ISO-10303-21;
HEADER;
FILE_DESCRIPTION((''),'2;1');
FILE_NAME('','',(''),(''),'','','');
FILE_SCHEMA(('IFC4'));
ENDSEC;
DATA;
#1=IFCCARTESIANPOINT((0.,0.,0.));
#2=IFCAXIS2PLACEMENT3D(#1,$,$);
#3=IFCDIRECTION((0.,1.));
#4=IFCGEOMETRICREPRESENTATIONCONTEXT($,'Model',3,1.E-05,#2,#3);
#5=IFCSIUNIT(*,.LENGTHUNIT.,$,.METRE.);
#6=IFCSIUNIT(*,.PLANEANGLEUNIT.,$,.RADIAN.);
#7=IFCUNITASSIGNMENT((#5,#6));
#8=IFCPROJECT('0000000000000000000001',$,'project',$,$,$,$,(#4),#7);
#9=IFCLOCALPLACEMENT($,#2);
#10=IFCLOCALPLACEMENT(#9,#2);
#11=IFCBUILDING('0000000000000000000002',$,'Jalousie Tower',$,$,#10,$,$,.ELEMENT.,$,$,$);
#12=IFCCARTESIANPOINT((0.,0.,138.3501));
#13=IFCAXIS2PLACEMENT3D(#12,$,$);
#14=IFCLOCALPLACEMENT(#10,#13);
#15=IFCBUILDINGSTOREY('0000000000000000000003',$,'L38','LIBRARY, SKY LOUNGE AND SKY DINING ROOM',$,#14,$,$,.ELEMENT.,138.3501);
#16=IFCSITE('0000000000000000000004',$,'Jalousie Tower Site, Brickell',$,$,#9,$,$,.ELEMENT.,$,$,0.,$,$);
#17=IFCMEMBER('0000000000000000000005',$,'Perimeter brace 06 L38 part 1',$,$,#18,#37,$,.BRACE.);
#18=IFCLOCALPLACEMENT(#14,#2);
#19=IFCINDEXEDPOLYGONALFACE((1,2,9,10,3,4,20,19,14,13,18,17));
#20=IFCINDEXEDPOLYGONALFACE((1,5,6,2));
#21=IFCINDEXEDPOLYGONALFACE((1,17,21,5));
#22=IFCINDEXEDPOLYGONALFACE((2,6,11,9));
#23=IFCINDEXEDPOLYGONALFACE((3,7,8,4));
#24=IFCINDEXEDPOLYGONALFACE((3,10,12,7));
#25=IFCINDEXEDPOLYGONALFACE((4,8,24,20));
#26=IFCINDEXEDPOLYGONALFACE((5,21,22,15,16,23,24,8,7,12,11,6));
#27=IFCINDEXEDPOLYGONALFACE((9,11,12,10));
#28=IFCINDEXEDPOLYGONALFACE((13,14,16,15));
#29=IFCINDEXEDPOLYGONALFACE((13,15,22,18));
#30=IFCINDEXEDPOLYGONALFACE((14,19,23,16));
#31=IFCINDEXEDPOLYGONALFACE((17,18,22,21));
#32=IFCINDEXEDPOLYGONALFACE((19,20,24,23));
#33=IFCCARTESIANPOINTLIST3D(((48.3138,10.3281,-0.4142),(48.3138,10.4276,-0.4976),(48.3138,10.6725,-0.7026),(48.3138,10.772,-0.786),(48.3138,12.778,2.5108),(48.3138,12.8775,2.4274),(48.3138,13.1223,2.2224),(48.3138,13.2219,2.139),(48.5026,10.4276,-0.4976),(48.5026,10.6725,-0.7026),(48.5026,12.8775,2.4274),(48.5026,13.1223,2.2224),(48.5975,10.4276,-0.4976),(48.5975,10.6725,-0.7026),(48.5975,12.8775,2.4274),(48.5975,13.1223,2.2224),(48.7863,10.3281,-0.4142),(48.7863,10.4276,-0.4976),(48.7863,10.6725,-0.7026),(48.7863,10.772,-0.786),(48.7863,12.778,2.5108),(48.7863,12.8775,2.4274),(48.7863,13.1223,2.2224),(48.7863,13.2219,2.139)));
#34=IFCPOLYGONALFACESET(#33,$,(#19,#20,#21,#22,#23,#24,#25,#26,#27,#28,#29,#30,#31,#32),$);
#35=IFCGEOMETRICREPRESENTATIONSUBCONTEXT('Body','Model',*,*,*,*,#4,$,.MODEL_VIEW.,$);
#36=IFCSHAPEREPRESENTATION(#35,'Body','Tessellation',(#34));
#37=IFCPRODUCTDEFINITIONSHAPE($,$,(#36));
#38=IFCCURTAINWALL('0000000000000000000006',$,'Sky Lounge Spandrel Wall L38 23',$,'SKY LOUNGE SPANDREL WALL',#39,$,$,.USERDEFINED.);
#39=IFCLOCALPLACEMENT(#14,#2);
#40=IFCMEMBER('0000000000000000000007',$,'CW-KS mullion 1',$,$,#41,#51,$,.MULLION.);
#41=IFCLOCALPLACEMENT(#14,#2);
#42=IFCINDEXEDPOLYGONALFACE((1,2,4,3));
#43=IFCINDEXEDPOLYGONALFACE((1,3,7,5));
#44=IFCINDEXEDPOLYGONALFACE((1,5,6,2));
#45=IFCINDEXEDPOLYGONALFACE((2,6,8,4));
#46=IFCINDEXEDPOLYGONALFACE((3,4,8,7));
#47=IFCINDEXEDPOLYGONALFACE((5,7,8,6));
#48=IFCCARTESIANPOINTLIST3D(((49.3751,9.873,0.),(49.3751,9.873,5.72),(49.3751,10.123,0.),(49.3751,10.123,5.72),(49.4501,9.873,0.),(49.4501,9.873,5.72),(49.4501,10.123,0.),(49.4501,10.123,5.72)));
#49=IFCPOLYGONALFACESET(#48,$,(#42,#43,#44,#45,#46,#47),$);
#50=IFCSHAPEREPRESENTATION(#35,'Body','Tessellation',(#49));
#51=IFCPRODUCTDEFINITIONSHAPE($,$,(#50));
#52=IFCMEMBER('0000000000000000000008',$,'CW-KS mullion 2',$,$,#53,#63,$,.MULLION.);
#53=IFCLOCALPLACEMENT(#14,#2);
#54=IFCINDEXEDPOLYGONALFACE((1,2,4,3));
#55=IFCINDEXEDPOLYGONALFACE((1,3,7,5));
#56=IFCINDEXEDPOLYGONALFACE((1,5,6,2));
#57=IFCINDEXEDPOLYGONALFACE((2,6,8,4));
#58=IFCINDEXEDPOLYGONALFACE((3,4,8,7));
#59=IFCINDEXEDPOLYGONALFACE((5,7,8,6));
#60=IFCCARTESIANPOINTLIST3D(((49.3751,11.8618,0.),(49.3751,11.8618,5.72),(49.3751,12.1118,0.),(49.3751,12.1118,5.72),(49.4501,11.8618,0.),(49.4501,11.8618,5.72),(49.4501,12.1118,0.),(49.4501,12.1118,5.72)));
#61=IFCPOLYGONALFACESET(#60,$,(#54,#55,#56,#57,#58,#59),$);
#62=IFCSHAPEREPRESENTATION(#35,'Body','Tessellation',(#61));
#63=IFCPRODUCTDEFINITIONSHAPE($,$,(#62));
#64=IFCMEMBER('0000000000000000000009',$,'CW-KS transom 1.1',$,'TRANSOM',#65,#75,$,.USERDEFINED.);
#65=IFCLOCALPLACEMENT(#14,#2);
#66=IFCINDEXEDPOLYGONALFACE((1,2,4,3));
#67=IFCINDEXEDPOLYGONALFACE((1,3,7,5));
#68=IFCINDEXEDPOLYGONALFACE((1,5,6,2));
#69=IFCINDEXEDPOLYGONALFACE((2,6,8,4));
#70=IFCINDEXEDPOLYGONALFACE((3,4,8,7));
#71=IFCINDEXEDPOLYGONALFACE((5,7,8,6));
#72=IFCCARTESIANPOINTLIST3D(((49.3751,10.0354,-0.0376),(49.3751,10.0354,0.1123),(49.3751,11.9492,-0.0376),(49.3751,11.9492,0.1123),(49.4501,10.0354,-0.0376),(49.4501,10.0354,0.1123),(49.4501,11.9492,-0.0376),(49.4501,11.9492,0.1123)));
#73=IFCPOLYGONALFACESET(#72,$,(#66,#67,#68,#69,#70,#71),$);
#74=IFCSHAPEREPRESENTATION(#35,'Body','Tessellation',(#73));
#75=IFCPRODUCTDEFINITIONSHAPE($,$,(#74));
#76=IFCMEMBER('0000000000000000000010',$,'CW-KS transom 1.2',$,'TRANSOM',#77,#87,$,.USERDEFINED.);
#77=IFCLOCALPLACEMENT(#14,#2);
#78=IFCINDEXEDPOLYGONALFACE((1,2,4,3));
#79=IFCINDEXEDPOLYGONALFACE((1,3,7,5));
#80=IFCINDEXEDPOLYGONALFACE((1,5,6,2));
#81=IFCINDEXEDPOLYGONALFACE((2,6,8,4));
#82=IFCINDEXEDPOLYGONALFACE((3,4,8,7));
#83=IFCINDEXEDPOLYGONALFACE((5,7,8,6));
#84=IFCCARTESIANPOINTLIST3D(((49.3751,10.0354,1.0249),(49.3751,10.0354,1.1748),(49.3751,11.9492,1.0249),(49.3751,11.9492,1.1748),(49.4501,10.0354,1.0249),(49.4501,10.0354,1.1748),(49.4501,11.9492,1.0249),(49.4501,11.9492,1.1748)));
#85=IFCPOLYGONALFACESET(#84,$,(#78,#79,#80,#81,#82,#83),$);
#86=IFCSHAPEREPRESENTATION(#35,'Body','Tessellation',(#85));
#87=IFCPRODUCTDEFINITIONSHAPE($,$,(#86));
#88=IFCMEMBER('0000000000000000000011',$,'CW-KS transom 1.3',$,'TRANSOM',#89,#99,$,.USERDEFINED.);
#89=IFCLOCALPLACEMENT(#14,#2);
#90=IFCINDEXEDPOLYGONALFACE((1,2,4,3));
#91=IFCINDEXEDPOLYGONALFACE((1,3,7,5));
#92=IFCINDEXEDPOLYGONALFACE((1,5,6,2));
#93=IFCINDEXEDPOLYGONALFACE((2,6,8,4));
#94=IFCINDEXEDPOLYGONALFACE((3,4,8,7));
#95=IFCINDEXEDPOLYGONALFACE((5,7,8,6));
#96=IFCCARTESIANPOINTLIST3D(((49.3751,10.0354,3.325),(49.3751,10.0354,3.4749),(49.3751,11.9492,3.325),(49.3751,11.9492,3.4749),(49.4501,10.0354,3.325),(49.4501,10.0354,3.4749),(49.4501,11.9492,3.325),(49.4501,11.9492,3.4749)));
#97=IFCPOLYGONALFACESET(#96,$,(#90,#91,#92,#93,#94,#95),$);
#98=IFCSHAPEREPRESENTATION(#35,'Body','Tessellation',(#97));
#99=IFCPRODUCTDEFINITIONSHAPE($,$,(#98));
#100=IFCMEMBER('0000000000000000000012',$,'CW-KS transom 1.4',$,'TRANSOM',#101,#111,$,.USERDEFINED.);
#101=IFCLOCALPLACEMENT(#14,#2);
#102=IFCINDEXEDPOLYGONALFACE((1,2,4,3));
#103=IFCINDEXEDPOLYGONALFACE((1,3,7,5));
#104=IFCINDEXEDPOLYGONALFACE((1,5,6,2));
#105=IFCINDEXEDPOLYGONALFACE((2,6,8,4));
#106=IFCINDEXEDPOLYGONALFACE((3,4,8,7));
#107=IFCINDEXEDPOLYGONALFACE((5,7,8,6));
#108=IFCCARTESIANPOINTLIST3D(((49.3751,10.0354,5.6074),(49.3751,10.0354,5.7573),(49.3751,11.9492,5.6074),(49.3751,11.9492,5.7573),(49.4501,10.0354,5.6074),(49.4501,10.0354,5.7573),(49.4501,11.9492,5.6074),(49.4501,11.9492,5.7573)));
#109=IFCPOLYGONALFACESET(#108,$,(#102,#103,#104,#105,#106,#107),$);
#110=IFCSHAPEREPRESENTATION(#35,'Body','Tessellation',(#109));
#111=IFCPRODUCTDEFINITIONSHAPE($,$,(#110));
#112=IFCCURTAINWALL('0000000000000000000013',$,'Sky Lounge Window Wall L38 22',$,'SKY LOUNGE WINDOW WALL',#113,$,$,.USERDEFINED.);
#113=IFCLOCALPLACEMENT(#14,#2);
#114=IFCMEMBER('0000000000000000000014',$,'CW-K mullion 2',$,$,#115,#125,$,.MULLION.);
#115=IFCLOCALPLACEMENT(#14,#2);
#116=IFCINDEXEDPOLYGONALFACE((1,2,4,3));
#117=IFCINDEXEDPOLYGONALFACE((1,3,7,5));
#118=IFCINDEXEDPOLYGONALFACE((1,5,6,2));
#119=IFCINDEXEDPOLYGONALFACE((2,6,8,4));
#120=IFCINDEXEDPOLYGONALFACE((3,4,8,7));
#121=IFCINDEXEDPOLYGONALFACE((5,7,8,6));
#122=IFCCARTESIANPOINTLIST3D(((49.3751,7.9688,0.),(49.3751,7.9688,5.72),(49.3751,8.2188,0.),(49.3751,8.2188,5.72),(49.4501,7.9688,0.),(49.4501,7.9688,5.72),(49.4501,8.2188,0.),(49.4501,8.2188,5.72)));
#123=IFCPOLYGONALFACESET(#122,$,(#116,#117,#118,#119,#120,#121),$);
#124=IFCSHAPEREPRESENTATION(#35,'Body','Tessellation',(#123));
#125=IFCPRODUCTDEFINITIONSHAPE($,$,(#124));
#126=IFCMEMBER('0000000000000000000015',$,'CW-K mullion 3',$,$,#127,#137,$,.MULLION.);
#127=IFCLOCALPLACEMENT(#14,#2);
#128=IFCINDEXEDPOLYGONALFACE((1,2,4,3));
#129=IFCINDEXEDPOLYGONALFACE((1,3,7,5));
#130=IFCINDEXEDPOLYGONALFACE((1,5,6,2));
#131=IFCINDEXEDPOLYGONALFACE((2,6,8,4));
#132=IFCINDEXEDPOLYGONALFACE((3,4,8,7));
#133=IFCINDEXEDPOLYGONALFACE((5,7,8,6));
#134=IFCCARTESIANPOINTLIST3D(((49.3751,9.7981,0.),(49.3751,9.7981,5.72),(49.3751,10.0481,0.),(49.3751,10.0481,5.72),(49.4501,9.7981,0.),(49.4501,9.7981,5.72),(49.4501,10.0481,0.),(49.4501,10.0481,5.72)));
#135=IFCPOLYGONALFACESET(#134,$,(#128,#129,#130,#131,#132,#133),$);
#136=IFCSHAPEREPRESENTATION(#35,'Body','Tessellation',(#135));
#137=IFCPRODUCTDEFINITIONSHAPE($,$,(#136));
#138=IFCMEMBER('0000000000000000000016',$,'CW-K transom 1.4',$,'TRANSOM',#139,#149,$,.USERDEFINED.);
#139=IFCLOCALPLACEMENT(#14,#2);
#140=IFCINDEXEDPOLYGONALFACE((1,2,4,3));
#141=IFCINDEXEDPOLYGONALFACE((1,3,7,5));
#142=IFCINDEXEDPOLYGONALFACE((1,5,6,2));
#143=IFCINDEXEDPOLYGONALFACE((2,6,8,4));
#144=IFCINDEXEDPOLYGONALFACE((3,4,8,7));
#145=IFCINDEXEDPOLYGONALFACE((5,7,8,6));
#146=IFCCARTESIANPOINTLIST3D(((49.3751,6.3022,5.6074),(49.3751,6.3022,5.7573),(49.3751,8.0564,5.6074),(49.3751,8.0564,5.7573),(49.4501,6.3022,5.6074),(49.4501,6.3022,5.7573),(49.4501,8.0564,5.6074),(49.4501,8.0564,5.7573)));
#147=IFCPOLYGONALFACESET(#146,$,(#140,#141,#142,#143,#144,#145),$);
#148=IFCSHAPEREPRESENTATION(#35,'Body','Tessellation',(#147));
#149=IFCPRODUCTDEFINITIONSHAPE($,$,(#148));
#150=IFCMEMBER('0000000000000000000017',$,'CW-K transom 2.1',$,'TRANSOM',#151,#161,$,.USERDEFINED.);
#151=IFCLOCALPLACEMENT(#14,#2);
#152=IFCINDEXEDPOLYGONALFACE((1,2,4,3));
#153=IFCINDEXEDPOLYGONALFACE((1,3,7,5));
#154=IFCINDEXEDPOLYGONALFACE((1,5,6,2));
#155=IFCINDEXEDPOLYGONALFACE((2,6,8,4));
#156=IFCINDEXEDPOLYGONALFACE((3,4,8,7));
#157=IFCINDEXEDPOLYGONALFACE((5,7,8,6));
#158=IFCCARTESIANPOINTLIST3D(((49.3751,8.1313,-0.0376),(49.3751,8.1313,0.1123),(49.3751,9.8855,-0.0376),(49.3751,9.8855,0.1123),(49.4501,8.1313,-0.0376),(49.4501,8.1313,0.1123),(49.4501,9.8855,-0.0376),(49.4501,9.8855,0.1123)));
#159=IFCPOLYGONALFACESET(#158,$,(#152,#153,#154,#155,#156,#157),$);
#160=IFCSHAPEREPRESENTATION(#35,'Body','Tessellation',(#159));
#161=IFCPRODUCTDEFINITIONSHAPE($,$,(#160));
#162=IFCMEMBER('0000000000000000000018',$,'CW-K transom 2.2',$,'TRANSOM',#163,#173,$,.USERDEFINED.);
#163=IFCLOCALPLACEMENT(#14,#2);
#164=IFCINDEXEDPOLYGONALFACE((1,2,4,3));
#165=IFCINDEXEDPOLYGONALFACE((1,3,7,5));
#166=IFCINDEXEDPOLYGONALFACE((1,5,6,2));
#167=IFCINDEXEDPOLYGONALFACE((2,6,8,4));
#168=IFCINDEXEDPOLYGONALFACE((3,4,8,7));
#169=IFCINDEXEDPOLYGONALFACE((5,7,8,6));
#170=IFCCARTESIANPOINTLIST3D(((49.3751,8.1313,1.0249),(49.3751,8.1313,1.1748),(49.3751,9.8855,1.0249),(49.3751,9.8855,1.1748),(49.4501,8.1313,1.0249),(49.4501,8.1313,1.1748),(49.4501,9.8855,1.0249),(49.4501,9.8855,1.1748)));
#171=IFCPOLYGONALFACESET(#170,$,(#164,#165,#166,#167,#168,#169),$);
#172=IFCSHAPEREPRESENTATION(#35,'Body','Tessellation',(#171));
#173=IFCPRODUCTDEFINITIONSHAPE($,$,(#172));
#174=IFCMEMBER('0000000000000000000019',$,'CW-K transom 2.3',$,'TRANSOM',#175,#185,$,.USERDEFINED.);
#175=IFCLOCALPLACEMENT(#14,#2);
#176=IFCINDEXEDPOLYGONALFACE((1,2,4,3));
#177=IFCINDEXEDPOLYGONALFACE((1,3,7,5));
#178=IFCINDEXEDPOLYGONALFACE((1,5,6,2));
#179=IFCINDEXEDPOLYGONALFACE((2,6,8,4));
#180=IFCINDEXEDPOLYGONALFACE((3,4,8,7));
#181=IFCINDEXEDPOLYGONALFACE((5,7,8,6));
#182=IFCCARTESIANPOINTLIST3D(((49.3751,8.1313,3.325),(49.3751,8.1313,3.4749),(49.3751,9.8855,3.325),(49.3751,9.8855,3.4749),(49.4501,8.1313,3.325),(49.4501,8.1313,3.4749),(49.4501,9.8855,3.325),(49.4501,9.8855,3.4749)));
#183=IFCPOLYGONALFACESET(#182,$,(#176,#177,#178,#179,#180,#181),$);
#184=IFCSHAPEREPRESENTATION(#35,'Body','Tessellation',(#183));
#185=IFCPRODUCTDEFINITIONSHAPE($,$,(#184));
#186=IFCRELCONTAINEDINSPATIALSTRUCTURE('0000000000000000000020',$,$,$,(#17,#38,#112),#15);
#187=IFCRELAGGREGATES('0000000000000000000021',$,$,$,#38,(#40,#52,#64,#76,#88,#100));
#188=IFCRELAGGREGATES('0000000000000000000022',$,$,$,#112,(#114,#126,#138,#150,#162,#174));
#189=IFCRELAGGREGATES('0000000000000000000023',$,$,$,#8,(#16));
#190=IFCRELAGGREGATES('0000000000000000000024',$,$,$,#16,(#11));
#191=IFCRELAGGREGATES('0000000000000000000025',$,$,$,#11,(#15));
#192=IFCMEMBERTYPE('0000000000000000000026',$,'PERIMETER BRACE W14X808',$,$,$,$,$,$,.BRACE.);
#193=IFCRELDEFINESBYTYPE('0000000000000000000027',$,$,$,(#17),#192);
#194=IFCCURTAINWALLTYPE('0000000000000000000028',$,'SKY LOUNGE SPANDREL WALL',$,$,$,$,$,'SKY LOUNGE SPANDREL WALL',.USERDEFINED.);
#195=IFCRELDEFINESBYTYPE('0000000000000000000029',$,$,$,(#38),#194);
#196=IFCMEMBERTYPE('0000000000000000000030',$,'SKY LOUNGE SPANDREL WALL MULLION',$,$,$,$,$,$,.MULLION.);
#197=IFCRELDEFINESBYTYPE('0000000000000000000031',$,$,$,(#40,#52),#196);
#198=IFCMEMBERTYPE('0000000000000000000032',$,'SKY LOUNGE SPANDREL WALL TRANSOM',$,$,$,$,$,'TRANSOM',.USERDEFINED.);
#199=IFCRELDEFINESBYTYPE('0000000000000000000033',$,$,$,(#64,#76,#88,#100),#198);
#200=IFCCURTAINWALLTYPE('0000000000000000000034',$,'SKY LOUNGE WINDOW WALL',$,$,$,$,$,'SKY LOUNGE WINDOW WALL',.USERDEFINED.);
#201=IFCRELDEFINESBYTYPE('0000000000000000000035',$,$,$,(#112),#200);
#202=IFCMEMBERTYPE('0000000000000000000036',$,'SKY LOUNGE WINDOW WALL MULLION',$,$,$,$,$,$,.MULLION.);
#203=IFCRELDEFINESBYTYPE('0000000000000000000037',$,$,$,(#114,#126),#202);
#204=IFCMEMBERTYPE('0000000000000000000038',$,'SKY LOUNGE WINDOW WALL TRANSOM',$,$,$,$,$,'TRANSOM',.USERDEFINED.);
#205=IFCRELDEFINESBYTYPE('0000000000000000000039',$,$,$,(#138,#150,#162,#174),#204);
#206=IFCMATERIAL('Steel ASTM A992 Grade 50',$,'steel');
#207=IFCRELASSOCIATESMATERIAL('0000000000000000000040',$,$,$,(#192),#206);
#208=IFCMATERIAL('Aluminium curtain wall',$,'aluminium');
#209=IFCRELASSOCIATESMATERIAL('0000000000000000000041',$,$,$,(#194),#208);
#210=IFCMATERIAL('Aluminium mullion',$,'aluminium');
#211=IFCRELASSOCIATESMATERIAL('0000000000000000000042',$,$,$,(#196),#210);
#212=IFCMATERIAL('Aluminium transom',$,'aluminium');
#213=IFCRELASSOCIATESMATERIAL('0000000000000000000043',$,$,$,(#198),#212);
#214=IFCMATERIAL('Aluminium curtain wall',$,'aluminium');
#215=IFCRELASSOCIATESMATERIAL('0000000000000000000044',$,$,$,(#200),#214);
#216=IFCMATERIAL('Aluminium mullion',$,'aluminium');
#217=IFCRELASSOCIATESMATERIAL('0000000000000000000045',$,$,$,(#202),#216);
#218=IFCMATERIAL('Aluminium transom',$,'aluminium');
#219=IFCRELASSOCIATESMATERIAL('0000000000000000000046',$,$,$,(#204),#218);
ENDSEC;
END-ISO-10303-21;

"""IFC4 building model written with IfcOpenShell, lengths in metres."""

from ifc_helpers import new_model, si_unit, direction, frame, origin, origin_2d, place, context, subcontext, project, spatial, rectangle, i_section, extrude, material, material_profile, profile_set, type_object, element, aggregate, save


model = new_model("IFC4")

# Units and contexts
model_context = context("Model", 3, precision=1e-05, world=origin(), true_north=direction((0.0, 1.0)))
body_context = subcontext(model_context, "Body", "Model", "MODEL_VIEW")
ifc_project = project(units=[si_unit("LENGTHUNIT", "METRE"), si_unit("PLANEANGLEUNIT", "RADIAN")], contexts=[model_context])

# Site, building, storey
site_placement = place(None, origin())
site = spatial("IfcSite", under=ifc_project, at=site_placement, Name="Jalousie Tower Site, Brickell", CompositionType="ELEMENT", RefElevation=0.0)
building_placement = place(site_placement, origin())
building = spatial("IfcBuilding", under=site, at=building_placement, Name="Jalousie Tower", CompositionType="ELEMENT")
storey_placement = place(building_placement, frame((0.0, 0.0, 138.3501)))
storey = spatial("IfcBuildingStorey", under=building, at=storey_placement, Name="L38", Description="LIBRARY, SKY LOUNGE AND SKY DINING ROOM", CompositionType="ELEMENT", Elevation=138.3501)

# Member
ifc_material_1 = material(Name="Steel ASTM A992 Grade 50", Category="steel")
ifc_material_profile_1 = material_profile(ifc_material_1, i_section(OverallWidth=0.4724, OverallDepth=0.5791, WebThickness=0.095, FlangeThickness=0.1299, at=origin_2d()), Name="W14X808")
ifc_profile_set_1 = profile_set([ifc_material_profile_1], Name="Steel ASTM A992 Grade 50")
member_type_1 = type_object("IfcMemberType", Name="PERIMETER BRACE W14X808", PredefinedType="BRACE", material=ifc_profile_set_1)
member_1_placement = place(storey_placement, frame((48.55, 10.55, -0.6001), z_axis=(0.0, 0.642102, 0.766619), x_axis=(-1.0, 0.0, 0.0)))
element("IfcMember", 1, at=member_1_placement, inside=storey, type_object=member_type_1, Name="Perimeter brace 06 L38 part 1", PredefinedType="BRACE", context=body_context, shape_type="SweptSolid", body=[
    extrude(i_section(OverallWidth=0.4724, OverallDepth=0.5791, WebThickness=0.095, FlangeThickness=0.1299, at=origin_2d()), origin(), (0.0, 0.0, 1.0), 3.8154),
])

# Curtain walls, members
ifc_material_2 = material(Name="Aluminium curtain wall", Category="aluminium")
curtain_wall_type_1 = type_object("IfcCurtainWallType", Name="SKY LOUNGE SPANDREL WALL", ElementType="SKY LOUNGE SPANDREL WALL", PredefinedType="USERDEFINED", material=ifc_material_2)
curtain_wall_1_placement = place(storey_placement, origin())
curtain_wall_1 = element("IfcCurtainWall", 2, at=curtain_wall_1_placement, inside=storey, type_object=curtain_wall_type_1, Name="Sky Lounge Spandrel Wall L38 23", ObjectType="SKY LOUNGE SPANDREL WALL", PredefinedType="USERDEFINED")
ifc_material_3 = material(Name="Aluminium mullion", Category="aluminium")
ifc_material_profile_2 = material_profile(ifc_material_3, rectangle(XDim=0.075, YDim=0.25, at=origin_2d()), Name="MULLION 75x250")
ifc_profile_set_2 = profile_set([ifc_material_profile_2], Name="Aluminium mullion")
member_type_2 = type_object("IfcMemberType", Name="SKY LOUNGE SPANDREL WALL MULLION", PredefinedType="MULLION", material=ifc_profile_set_2)
member_2_placement = place(storey_placement, frame((49.4126, 9.998, 0.0), z_axis=(0.0, 0.0, 1.0), x_axis=(-1.0, 0.0, 0.0)))
member_2 = element("IfcMember", 3, at=member_2_placement, type_object=member_type_2, Name="CW-KS mullion 1", PredefinedType="MULLION", context=body_context, shape_type="SweptSolid", body=[
    extrude(rectangle(XDim=0.075, YDim=0.25, at=origin_2d()), origin(), (0.0, 0.0, 1.0), 5.72),
])
member_3_placement = place(storey_placement, frame((49.4126, 11.9868, 0.0), z_axis=(0.0, 0.0, 1.0), x_axis=(-1.0, 0.0, 0.0)))
member_3 = element("IfcMember", 4, at=member_3_placement, type_object=member_type_2, Name="CW-KS mullion 2", PredefinedType="MULLION", context=body_context, shape_type="SweptSolid", body=[
    extrude(rectangle(XDim=0.075, YDim=0.25, at=origin_2d()), origin(), (0.0, 0.0, 1.0), 5.72),
])
ifc_material_4 = material(Name="Aluminium transom", Category="aluminium")
ifc_material_profile_3 = material_profile(ifc_material_4, rectangle(XDim=0.075, YDim=0.1499, at=origin_2d()), Name="TRANSOM 75x150")
ifc_profile_set_3 = profile_set([ifc_material_profile_3], Name="Aluminium transom")
member_type_3 = type_object("IfcMemberType", Name="SKY LOUNGE SPANDREL WALL TRANSOM", ElementType="TRANSOM", PredefinedType="USERDEFINED", material=ifc_profile_set_3)
member_4_placement = place(storey_placement, frame((49.4126, 10.0354, 0.0374), z_axis=(0.0, 1.0, 0.0), x_axis=(-1.0, 0.0, 0.0)))
member_4 = element("IfcMember", 5, at=member_4_placement, type_object=member_type_3, Name="CW-KS transom 1.1", ObjectType="TRANSOM", PredefinedType="USERDEFINED", context=body_context, shape_type="SweptSolid", body=[
    extrude(rectangle(XDim=0.075, YDim=0.1499, at=origin_2d()), origin(), (0.0, 0.0, 1.0), 1.9138),
])
member_5_placement = place(storey_placement, frame((49.4126, 10.0354, 1.0999), z_axis=(0.0, 1.0, 0.0), x_axis=(-1.0, 0.0, 0.0)))
member_5 = element("IfcMember", 6, at=member_5_placement, type_object=member_type_3, Name="CW-KS transom 1.2", ObjectType="TRANSOM", PredefinedType="USERDEFINED", context=body_context, shape_type="SweptSolid", body=[
    extrude(rectangle(XDim=0.075, YDim=0.1499, at=origin_2d()), origin(), (0.0, 0.0, 1.0), 1.9138),
])
member_6_placement = place(storey_placement, frame((49.4126, 10.0354, 3.3999), z_axis=(0.0, 1.0, 0.0), x_axis=(-1.0, 0.0, 0.0)))
member_6 = element("IfcMember", 7, at=member_6_placement, type_object=member_type_3, Name="CW-KS transom 1.3", ObjectType="TRANSOM", PredefinedType="USERDEFINED", context=body_context, shape_type="SweptSolid", body=[
    extrude(rectangle(XDim=0.075, YDim=0.1499, at=origin_2d()), origin(), (0.0, 0.0, 1.0), 1.9138),
])
member_7_placement = place(storey_placement, frame((49.4126, 10.0354, 5.6824), z_axis=(0.0, 1.0, 0.0), x_axis=(-1.0, 0.0, 0.0)))
member_7 = element("IfcMember", 8, at=member_7_placement, type_object=member_type_3, Name="CW-KS transom 1.4", ObjectType="TRANSOM", PredefinedType="USERDEFINED", context=body_context, shape_type="SweptSolid", body=[
    extrude(rectangle(XDim=0.075, YDim=0.1499, at=origin_2d()), origin(), (0.0, 0.0, 1.0), 1.9138),
])
ifc_material_5 = material(Name="Aluminium curtain wall", Category="aluminium")
curtain_wall_type_2 = type_object("IfcCurtainWallType", Name="SKY LOUNGE WINDOW WALL", ElementType="SKY LOUNGE WINDOW WALL", PredefinedType="USERDEFINED", material=ifc_material_5)
curtain_wall_2_placement = place(storey_placement, origin())
curtain_wall_2 = element("IfcCurtainWall", 9, at=curtain_wall_2_placement, inside=storey, type_object=curtain_wall_type_2, Name="Sky Lounge Window Wall L38 22", ObjectType="SKY LOUNGE WINDOW WALL", PredefinedType="USERDEFINED")
ifc_material_6 = material(Name="Aluminium mullion", Category="aluminium")
ifc_material_profile_4 = material_profile(ifc_material_6, rectangle(XDim=0.075, YDim=0.25, at=origin_2d()), Name="MULLION 75x250")
ifc_profile_set_4 = profile_set([ifc_material_profile_4], Name="Aluminium mullion")
member_type_4 = type_object("IfcMemberType", Name="SKY LOUNGE WINDOW WALL MULLION", PredefinedType="MULLION", material=ifc_profile_set_4)
member_8_placement = place(storey_placement, frame((49.4126, 8.0938, 0.0), z_axis=(0.0, 0.0, 1.0), x_axis=(-1.0, 0.0, 0.0)))
member_8 = element("IfcMember", 10, at=member_8_placement, type_object=member_type_4, Name="CW-K mullion 2", PredefinedType="MULLION", context=body_context, shape_type="SweptSolid", body=[
    extrude(rectangle(XDim=0.075, YDim=0.25, at=origin_2d()), origin(), (0.0, 0.0, 1.0), 5.72),
])
member_9_placement = place(storey_placement, frame((49.4126, 9.9231, 0.0), z_axis=(0.0, 0.0, 1.0), x_axis=(-1.0, 0.0, 0.0)))
member_9 = element("IfcMember", 11, at=member_9_placement, type_object=member_type_4, Name="CW-K mullion 3", PredefinedType="MULLION", context=body_context, shape_type="SweptSolid", body=[
    extrude(rectangle(XDim=0.075, YDim=0.25, at=origin_2d()), origin(), (0.0, 0.0, 1.0), 5.72),
])
ifc_material_7 = material(Name="Aluminium transom", Category="aluminium")
ifc_material_profile_5 = material_profile(ifc_material_7, rectangle(XDim=0.075, YDim=0.1499, at=origin_2d()), Name="TRANSOM 75x150")
ifc_profile_set_5 = profile_set([ifc_material_profile_5], Name="Aluminium transom")
member_type_5 = type_object("IfcMemberType", Name="SKY LOUNGE WINDOW WALL TRANSOM", ElementType="TRANSOM", PredefinedType="USERDEFINED", material=ifc_profile_set_5)
member_10_placement = place(storey_placement, frame((49.4126, 6.3022, 5.6824), z_axis=(0.0, 1.0, 0.0), x_axis=(-1.0, 0.0, 0.0)))
member_10 = element("IfcMember", 12, at=member_10_placement, type_object=member_type_5, Name="CW-K transom 1.4", ObjectType="TRANSOM", PredefinedType="USERDEFINED", context=body_context, shape_type="SweptSolid", body=[
    extrude(rectangle(XDim=0.075, YDim=0.1499, at=origin_2d()), origin(), (0.0, 0.0, 1.0), 1.7542),
])
member_11_placement = place(storey_placement, frame((49.4126, 8.1313, 0.0374), z_axis=(0.0, 1.0, 0.0), x_axis=(-1.0, 0.0, 0.0)))
member_11 = element("IfcMember", 13, at=member_11_placement, type_object=member_type_5, Name="CW-K transom 2.1", ObjectType="TRANSOM", PredefinedType="USERDEFINED", context=body_context, shape_type="SweptSolid", body=[
    extrude(rectangle(XDim=0.075, YDim=0.1499, at=origin_2d()), origin(), (0.0, 0.0, 1.0), 1.7542),
])
member_12_placement = place(storey_placement, frame((49.4126, 8.1313, 1.0999), z_axis=(0.0, 1.0, 0.0), x_axis=(-1.0, 0.0, 0.0)))
member_12 = element("IfcMember", 14, at=member_12_placement, type_object=member_type_5, Name="CW-K transom 2.2", ObjectType="TRANSOM", PredefinedType="USERDEFINED", context=body_context, shape_type="SweptSolid", body=[
    extrude(rectangle(XDim=0.075, YDim=0.1499, at=origin_2d()), origin(), (0.0, 0.0, 1.0), 1.7542),
])
member_13_placement = place(storey_placement, frame((49.4126, 8.1313, 3.3999), z_axis=(0.0, 1.0, 0.0), x_axis=(-1.0, 0.0, 0.0)))
member_13 = element("IfcMember", 15, at=member_13_placement, type_object=member_type_5, Name="CW-K transom 2.3", ObjectType="TRANSOM", PredefinedType="USERDEFINED", context=body_context, shape_type="SweptSolid", body=[
    extrude(rectangle(XDim=0.075, YDim=0.1499, at=origin_2d()), origin(), (0.0, 0.0, 1.0), 1.7542),
])

aggregate(curtain_wall_1, [member_2, member_3, member_4, member_5, member_6, member_7])
aggregate(curtain_wall_2, [member_8, member_9, member_10, member_11, member_12, member_13])

save(model, "model.ifc")
